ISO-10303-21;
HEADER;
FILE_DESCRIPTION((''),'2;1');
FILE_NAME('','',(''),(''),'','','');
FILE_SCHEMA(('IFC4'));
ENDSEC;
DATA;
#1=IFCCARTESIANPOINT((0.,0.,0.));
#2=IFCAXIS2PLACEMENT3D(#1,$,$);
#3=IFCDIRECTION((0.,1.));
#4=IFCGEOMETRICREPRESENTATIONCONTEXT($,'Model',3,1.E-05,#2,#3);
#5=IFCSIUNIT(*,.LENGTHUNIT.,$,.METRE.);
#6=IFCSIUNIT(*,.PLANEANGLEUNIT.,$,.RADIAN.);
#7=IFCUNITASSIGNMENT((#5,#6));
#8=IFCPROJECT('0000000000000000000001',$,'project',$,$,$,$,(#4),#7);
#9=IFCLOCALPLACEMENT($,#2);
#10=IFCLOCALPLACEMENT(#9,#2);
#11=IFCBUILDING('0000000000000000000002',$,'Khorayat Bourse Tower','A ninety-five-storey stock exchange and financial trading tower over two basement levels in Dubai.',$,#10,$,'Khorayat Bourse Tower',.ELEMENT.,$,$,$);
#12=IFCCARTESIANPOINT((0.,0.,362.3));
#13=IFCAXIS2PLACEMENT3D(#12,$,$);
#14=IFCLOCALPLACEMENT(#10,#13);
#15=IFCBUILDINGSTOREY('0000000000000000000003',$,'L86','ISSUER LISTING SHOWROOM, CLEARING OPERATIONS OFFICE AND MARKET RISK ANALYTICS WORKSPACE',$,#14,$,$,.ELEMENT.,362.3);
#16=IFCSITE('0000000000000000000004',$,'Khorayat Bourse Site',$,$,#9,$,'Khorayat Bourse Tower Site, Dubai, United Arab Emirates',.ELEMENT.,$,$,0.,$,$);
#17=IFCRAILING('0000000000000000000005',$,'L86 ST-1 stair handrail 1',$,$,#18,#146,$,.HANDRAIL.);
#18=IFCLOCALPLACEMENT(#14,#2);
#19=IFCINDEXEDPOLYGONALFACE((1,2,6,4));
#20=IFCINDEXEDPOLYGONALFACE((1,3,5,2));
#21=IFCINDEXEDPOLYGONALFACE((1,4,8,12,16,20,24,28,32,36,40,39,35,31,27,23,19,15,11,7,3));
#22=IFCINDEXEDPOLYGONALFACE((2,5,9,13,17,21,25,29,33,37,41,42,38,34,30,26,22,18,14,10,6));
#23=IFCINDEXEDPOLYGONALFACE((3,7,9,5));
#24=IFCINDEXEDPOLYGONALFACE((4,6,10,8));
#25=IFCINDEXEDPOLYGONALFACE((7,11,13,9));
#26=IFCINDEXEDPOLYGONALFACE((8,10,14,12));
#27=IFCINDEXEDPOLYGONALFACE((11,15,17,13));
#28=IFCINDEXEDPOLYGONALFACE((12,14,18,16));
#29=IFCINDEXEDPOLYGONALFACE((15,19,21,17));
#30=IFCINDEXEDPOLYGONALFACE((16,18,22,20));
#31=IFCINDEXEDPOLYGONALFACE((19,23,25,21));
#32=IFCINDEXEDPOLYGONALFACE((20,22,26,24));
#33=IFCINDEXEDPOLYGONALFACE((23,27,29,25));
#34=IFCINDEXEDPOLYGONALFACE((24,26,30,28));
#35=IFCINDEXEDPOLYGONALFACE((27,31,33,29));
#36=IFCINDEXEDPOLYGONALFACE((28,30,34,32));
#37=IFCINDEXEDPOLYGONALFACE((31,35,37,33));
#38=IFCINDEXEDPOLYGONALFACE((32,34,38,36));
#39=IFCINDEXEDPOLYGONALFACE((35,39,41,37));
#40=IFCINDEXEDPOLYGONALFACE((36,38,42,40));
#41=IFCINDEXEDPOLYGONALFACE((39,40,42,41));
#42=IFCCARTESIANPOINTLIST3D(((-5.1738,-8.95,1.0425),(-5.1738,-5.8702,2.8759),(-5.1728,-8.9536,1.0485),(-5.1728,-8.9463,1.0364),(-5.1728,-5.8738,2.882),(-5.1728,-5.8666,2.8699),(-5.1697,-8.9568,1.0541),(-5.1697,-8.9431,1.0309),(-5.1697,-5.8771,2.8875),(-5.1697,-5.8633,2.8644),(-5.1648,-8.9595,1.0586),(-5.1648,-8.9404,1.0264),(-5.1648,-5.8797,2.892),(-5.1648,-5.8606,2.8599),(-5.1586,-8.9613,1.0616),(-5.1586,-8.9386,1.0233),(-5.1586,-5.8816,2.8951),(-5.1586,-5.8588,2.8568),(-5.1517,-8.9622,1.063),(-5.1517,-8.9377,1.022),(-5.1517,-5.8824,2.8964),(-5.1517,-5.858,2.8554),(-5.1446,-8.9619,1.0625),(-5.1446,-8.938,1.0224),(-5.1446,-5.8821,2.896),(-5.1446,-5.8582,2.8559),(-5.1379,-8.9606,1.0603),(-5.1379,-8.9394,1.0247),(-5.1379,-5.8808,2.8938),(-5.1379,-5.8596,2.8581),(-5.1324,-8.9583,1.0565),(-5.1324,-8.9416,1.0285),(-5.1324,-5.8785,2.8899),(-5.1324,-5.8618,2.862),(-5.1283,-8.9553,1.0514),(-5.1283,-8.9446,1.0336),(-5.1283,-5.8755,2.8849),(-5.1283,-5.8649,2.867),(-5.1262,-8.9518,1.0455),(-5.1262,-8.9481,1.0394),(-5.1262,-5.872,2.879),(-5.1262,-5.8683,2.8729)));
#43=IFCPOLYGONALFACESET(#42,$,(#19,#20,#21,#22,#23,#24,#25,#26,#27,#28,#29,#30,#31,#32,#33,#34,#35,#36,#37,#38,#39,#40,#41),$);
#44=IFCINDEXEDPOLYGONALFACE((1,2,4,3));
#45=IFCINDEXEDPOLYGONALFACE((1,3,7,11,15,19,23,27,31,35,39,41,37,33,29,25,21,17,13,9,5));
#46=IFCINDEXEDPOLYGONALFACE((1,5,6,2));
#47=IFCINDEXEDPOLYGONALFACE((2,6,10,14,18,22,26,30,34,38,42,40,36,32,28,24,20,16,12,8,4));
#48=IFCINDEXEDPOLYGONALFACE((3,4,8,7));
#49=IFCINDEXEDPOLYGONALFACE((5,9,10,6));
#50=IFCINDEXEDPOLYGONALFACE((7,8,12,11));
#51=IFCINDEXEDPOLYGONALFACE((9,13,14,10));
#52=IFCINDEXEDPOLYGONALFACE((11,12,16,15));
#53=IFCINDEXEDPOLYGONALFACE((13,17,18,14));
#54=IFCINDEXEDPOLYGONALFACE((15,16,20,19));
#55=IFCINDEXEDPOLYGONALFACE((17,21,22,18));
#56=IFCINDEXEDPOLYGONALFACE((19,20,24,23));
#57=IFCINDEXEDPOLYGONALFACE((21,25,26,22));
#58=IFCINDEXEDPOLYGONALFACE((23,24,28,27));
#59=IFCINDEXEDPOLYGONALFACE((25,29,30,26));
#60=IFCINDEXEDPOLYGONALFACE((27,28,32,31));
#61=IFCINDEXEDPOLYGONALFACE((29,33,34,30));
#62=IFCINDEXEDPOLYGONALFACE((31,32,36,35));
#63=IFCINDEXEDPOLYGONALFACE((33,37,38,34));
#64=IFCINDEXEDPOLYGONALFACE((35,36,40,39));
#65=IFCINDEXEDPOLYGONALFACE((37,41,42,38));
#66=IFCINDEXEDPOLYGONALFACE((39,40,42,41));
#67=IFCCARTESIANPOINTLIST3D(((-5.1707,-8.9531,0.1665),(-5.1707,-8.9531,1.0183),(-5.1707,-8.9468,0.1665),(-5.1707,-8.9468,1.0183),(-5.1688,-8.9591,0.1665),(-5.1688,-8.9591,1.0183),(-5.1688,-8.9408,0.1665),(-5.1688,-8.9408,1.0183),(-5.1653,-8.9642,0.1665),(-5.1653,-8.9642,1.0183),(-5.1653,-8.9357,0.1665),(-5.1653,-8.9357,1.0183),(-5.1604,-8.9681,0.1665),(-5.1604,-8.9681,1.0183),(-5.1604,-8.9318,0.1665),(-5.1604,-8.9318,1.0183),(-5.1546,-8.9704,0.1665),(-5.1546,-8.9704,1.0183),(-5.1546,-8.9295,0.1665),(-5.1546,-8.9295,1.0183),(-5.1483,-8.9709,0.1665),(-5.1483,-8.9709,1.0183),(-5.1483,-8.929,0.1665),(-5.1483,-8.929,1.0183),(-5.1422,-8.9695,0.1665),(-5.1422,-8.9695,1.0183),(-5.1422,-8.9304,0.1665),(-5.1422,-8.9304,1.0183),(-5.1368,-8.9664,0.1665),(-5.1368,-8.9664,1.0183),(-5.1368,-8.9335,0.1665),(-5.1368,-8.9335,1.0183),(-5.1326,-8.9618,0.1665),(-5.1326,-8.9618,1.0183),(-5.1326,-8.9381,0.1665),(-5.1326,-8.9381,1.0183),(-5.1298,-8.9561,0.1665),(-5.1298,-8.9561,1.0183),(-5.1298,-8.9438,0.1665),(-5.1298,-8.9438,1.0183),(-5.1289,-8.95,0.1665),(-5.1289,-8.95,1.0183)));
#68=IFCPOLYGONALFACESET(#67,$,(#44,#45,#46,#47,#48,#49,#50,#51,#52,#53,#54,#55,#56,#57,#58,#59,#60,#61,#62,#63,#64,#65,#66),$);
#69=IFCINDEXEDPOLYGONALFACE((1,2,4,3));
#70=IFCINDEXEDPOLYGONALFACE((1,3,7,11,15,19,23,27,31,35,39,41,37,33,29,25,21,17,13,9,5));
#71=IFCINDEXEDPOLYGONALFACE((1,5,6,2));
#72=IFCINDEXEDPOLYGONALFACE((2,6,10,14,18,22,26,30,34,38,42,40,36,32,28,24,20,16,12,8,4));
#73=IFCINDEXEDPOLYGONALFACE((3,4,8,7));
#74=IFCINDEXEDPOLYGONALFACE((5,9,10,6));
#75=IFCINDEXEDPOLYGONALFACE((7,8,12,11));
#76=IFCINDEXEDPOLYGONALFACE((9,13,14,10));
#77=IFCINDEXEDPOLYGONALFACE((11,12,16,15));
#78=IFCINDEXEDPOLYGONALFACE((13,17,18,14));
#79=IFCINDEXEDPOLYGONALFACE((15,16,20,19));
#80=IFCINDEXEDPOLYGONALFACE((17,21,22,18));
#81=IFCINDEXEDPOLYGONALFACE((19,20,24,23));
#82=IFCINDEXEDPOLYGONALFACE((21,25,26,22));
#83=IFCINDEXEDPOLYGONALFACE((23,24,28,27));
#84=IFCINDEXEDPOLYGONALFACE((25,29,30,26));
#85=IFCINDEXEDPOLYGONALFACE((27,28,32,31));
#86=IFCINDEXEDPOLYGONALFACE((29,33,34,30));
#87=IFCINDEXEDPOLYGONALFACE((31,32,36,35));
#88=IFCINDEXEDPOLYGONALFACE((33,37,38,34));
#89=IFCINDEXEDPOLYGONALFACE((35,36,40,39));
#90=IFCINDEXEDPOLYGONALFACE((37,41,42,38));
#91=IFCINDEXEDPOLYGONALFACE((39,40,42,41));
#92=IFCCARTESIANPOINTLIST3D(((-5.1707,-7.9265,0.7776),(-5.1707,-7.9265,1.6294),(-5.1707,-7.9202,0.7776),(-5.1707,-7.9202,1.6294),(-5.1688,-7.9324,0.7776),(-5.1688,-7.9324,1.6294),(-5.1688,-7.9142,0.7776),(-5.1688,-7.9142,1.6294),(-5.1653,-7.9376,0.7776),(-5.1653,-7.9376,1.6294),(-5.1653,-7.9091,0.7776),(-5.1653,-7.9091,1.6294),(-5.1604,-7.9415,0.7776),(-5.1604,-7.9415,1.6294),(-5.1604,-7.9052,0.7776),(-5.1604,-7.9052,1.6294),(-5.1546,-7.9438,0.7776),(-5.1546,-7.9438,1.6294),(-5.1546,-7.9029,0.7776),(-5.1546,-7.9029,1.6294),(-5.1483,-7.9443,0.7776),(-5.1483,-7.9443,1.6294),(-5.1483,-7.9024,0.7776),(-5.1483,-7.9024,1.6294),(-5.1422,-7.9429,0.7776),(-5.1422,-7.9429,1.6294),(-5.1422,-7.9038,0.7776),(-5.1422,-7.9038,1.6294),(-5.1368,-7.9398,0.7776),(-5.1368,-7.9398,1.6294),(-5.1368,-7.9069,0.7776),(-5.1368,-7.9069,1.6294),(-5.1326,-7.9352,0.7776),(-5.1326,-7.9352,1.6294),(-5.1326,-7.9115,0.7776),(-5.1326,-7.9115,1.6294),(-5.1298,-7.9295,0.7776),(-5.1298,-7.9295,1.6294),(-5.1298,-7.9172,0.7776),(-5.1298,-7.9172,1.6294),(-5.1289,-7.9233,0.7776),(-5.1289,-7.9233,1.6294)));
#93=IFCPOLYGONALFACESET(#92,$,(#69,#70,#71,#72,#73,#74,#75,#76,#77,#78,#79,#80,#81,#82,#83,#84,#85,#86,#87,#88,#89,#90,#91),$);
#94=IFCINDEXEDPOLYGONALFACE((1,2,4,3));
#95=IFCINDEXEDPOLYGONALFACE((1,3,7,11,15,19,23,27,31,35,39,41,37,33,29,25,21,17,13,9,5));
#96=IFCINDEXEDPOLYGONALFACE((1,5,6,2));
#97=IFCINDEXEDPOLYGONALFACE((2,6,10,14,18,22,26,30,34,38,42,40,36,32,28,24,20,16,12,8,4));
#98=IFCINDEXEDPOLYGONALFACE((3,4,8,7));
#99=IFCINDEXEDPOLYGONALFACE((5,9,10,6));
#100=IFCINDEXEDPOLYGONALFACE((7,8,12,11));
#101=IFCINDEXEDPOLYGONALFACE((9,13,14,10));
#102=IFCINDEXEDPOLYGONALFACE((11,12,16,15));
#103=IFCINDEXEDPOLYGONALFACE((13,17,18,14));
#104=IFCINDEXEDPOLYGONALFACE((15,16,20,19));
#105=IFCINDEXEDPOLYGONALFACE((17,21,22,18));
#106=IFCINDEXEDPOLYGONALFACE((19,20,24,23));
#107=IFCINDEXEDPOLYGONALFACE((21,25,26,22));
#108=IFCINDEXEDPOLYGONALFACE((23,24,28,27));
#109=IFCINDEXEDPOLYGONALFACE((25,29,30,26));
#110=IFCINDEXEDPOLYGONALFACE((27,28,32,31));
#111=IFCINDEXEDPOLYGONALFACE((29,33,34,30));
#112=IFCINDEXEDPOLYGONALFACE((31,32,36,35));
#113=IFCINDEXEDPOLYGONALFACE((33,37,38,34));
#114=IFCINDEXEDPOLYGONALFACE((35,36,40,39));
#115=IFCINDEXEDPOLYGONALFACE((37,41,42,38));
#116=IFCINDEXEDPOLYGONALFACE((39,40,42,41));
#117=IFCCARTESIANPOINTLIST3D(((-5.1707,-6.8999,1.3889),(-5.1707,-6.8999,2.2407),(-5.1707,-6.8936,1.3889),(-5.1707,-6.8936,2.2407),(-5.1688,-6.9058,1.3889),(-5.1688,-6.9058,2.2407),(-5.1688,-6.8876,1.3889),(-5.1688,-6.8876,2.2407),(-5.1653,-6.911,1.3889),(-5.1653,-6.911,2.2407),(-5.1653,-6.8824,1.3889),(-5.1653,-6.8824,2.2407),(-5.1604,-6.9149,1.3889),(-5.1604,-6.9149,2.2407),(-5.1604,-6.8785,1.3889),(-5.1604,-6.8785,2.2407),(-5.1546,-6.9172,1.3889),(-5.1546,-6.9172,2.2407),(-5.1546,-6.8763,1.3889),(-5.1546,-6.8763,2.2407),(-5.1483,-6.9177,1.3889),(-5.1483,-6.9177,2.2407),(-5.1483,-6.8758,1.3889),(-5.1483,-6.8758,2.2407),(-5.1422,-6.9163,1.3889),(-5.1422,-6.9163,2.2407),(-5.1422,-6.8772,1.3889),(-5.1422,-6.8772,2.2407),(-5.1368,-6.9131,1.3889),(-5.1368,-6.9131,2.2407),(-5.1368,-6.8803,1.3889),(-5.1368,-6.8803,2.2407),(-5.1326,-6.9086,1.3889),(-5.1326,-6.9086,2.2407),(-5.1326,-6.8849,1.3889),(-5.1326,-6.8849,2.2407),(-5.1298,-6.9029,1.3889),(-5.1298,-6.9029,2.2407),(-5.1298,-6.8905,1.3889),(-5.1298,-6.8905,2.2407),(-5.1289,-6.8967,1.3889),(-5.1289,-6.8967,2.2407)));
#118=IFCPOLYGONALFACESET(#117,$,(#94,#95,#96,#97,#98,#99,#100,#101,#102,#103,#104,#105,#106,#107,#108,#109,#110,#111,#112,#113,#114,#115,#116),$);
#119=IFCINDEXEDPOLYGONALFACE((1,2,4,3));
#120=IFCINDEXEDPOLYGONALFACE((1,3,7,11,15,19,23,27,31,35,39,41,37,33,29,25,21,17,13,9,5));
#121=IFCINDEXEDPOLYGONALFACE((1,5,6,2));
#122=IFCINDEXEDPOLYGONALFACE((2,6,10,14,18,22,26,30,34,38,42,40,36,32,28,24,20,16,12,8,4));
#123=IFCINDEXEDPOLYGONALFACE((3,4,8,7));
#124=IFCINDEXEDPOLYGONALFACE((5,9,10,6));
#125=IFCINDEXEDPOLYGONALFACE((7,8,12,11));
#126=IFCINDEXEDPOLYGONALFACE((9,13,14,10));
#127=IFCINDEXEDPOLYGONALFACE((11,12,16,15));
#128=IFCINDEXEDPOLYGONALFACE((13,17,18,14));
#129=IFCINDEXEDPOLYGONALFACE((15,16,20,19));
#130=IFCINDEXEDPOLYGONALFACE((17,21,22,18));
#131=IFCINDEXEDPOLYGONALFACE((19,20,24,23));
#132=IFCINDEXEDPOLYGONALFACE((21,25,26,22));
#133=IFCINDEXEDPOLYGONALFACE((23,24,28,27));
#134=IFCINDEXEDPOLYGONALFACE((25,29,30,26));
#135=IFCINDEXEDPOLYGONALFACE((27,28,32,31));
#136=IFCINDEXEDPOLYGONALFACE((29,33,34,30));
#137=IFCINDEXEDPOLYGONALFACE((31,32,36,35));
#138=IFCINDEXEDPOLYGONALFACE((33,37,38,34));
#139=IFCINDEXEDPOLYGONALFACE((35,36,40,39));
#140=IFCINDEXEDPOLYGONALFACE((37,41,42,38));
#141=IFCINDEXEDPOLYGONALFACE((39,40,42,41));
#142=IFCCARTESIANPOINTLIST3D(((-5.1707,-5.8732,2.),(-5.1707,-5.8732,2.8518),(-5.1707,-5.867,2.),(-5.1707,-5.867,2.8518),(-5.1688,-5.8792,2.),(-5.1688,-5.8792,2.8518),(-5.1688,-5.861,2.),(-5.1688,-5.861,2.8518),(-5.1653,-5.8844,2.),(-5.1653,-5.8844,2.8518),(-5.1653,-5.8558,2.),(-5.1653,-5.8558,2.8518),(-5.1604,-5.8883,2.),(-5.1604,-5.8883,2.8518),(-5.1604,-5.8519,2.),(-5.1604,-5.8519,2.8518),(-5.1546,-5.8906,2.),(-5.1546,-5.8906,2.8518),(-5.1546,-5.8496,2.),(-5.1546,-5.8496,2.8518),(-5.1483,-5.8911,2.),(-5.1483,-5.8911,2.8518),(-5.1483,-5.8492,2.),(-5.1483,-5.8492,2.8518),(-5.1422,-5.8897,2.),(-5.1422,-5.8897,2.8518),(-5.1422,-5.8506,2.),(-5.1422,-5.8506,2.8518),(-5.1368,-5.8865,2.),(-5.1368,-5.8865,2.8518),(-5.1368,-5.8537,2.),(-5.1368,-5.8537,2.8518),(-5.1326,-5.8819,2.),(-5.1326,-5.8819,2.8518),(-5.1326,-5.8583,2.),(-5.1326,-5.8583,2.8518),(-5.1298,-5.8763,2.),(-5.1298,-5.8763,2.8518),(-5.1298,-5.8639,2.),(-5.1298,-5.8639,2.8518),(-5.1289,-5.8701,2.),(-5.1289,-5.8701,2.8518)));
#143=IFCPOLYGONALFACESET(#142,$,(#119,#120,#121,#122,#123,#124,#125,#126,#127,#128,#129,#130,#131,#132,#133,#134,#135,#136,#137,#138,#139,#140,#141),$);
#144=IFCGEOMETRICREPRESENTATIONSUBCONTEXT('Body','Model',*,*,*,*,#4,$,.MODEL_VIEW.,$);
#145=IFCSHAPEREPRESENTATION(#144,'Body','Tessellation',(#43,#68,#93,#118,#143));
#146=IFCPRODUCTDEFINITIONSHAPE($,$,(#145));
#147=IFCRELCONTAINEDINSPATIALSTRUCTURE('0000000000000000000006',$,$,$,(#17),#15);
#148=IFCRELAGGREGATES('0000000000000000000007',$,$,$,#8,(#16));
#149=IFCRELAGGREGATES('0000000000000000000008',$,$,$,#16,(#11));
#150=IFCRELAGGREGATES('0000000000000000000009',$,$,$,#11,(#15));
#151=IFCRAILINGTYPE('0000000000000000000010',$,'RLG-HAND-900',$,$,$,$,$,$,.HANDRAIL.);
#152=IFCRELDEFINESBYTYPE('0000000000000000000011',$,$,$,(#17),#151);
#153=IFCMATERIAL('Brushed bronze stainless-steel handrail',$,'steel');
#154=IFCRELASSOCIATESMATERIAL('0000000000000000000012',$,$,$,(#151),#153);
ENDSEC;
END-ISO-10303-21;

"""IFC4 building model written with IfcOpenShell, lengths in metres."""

from ifc_helpers import new_model, si_unit, direction, frame, origin, origin_2d, place, context, subcontext, project, spatial, circle, extrude, source, transform, mapped, material, type_object, element, save


model = new_model("IFC4")

# Units and contexts
model_context = context("Model", 3, precision=1e-05, world=origin(), true_north=direction((0.0, 1.0)))
body_context = subcontext(model_context, "Body", "Model", "MODEL_VIEW")
ifc_project = project(units=[si_unit("LENGTHUNIT", "METRE"), si_unit("PLANEANGLEUNIT", "RADIAN")], contexts=[model_context])

# Site, building, storey
site_placement = place(None, origin())
site = spatial("IfcSite", under=ifc_project, at=site_placement, Name="Khorayat Bourse Site", LongName="Khorayat Bourse Tower Site, Dubai, United Arab Emirates", CompositionType="ELEMENT", RefElevation=0.0)
building_placement = place(site_placement, origin())
building = spatial("IfcBuilding", under=site, at=building_placement, Name="Khorayat Bourse Tower", Description="A ninety-five-storey stock exchange and financial trading tower over two basement levels in Dubai.", LongName="Khorayat Bourse Tower", CompositionType="ELEMENT")
storey_placement = place(building_placement, frame((0.0, 0.0, 362.3)))
storey = spatial("IfcBuildingStorey", under=building, at=storey_placement, Name="L86", Description="ISSUER LISTING SHOWROOM, CLEARING OPERATIONS OFFICE AND MARKET RISK ANALYTICS WORKSPACE", CompositionType="ELEMENT", Elevation=362.3)

# Railing
ifc_material_1 = material(Name="Brushed bronze stainless-steel handrail", Category="steel")
railing_type_1 = type_object("IfcRailingType", Name="RLG-HAND-900", PredefinedType="HANDRAIL", material=ifc_material_1)
shared_shape_1 = source(origin(), body_context, "Body", "SweptSolid", [
    extrude(circle(Radius=0.0239, at=origin_2d()), frame((0.0, 0.0, 0.876), z_axis=(0.0, 0.859261, 0.511538), x_axis=(-1.0, 0.0, 0.0)), (0.0, 0.0, 1.0), 3.5842),
    extrude(circle(Radius=0.021, at=origin_2d()), origin(), (0.0, 0.0, 1.0), 0.8518),
    extrude(circle(Radius=0.021, at=origin_2d()), frame((0.0, 1.0266, 0.6111)), (0.0, 0.0, 1.0), 0.8518),
    extrude(circle(Radius=0.021, at=origin_2d()), frame((0.0, 2.0532, 1.2224)), (0.0, 0.0, 1.0), 0.8518),
    extrude(circle(Radius=0.021, at=origin_2d()), frame((0.0, 3.0798, 1.8335)), (0.0, 0.0, 1.0), 0.8518),
])
railing_1_placement = place(storey_placement, frame((-5.1499, -8.95, 0.1665)))
element("IfcRailing", 1, at=railing_1_placement, inside=storey, type_object=railing_type_1, Name="L86 ST-1 stair handrail 1", PredefinedType="HANDRAIL", context=body_context, shape_type="MappedRepresentation", body=[
    mapped(shared_shape_1, transform((0.0, 0.0, 0.0), scale=1.0)),
])

save(model, "model.ifc")
